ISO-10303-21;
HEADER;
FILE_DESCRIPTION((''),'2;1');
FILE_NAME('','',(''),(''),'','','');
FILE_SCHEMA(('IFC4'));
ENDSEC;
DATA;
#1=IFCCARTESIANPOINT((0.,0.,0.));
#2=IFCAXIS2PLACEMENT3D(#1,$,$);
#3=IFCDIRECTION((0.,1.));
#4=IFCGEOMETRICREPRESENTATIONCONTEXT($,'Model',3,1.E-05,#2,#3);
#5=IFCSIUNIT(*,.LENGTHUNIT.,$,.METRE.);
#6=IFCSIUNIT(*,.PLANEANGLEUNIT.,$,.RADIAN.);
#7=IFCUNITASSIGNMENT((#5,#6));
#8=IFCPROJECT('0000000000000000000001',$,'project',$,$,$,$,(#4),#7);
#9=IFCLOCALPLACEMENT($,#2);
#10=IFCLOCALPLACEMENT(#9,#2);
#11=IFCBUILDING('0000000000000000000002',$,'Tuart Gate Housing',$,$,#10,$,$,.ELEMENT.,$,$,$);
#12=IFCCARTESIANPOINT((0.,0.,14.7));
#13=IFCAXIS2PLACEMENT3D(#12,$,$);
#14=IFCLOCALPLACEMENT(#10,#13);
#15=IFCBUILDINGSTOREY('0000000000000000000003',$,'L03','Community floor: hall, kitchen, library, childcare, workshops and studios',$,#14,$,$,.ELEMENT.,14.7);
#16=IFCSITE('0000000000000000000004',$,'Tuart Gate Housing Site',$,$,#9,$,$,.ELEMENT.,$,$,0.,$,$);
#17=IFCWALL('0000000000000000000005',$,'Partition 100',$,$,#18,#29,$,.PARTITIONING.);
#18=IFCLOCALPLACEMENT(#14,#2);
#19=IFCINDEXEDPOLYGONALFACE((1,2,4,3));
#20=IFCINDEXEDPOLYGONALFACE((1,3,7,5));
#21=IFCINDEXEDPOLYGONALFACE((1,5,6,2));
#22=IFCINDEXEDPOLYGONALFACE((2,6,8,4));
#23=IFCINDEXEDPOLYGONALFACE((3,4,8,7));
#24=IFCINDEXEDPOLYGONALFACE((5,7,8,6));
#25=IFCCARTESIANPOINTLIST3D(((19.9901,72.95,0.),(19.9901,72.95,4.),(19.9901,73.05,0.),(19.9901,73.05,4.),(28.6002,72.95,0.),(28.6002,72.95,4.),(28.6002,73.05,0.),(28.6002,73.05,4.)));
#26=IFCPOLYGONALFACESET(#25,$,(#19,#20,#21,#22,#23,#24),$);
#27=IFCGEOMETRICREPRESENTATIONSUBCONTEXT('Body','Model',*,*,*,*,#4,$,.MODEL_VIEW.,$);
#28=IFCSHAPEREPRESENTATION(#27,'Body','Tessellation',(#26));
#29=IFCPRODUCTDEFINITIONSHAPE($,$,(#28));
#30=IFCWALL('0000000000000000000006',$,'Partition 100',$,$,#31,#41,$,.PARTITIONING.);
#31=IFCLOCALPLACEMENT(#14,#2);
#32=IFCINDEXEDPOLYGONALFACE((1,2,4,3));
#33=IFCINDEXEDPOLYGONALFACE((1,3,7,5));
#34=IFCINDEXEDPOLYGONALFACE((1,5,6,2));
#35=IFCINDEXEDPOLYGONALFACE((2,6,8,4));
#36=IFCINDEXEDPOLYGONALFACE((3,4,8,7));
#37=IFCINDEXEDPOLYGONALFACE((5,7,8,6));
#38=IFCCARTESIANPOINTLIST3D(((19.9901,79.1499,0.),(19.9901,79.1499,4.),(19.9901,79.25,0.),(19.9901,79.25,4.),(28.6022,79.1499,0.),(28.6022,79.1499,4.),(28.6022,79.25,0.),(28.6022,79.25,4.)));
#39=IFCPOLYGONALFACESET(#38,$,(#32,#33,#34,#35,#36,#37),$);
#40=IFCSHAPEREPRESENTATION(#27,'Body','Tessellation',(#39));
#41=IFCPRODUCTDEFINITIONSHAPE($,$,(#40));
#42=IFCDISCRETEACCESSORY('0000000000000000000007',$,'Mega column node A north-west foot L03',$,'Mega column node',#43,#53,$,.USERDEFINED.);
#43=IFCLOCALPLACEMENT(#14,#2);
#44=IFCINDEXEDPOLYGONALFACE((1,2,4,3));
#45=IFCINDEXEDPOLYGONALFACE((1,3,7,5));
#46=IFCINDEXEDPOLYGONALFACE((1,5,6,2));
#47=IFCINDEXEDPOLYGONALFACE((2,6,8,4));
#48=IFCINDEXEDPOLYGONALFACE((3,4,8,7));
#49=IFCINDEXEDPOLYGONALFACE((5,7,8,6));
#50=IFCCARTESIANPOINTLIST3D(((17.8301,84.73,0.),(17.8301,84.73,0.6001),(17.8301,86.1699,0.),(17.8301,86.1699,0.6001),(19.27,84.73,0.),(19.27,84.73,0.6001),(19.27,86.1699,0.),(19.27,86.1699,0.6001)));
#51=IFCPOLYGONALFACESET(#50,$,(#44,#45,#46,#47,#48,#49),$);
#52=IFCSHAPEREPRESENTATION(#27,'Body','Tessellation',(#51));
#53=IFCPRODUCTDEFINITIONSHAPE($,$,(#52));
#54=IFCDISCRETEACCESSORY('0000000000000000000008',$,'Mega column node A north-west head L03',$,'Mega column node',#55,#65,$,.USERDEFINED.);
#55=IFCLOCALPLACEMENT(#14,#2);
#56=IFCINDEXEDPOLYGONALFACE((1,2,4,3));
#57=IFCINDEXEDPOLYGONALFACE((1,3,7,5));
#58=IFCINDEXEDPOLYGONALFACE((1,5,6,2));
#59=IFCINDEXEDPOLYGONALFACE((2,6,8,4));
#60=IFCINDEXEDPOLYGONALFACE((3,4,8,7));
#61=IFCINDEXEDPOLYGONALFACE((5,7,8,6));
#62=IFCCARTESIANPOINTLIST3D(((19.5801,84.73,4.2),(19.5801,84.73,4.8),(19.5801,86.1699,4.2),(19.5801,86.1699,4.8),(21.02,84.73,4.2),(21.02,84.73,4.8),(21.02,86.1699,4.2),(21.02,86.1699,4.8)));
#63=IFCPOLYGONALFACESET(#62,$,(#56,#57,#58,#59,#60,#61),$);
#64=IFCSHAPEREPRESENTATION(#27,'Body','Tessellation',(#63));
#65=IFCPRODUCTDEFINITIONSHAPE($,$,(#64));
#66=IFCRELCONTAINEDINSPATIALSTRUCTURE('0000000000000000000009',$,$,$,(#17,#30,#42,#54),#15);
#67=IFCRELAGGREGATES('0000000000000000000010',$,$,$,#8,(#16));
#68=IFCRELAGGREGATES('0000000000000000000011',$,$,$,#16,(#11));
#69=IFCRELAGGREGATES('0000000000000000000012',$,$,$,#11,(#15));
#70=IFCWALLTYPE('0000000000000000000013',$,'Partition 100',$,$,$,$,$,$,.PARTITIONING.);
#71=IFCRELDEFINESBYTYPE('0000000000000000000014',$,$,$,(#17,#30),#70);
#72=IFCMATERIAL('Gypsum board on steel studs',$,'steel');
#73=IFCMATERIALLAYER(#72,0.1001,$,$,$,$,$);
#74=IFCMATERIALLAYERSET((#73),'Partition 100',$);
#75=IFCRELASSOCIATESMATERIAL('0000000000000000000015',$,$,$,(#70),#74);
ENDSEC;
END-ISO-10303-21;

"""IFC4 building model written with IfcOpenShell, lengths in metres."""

from ifc_helpers import new_model, si_unit, direction, frame, frame_2d, origin, origin_2d, place, context, subcontext, project, spatial, rectangle, extrude, material, layer, layer_set, type_object, element, save


model = new_model("IFC4")

# Units and contexts
model_context = context("Model", 3, precision=1e-05, world=origin(), true_north=direction((0.0, 1.0)))
body_context = subcontext(model_context, "Body", "Model", "MODEL_VIEW")
ifc_project = project(units=[si_unit("LENGTHUNIT", "METRE"), si_unit("PLANEANGLEUNIT", "RADIAN")], contexts=[model_context])

# Site, building, storey
site_placement = place(None, origin())
site = spatial("IfcSite", under=ifc_project, at=site_placement, Name="Tuart Gate Housing Site", CompositionType="ELEMENT", RefElevation=0.0)
building_placement = place(site_placement, origin())
building = spatial("IfcBuilding", under=site, at=building_placement, Name="Tuart Gate Housing", CompositionType="ELEMENT")
storey_placement = place(building_placement, frame((0.0, 0.0, 14.7)))
storey = spatial("IfcBuildingStorey", under=building, at=storey_placement, Name="L03", Description="Community floor: hall, kitchen, library, childcare, workshops and studios", CompositionType="ELEMENT", Elevation=14.7)

# Walls
ifc_material_1 = material(Name="Gypsum board on steel studs", Category="steel")
ifc_layer_1 = layer(ifc_material_1, 0.1001)
ifc_layer_set_1 = layer_set([ifc_layer_1], Name="Partition 100")
wall_type_1 = type_object("IfcWallType", Name="Partition 100", PredefinedType="PARTITIONING", material=ifc_layer_set_1)
wall_1_placement = place(storey_placement, frame((19.99, 73.0, 0.0), z_axis=(0.0, 0.0, 1.0), x_axis=(1.0, 0.0, 0.0)))
element("IfcWall", 1, at=wall_1_placement, inside=storey, type_object=wall_type_1, Name="Partition 100", PredefinedType="PARTITIONING", context=body_context, shape_type="SweptSolid", body=[
    extrude(rectangle(XDim=8.6101, YDim=0.1001, at=frame_2d((4.3052, 0.0))), origin(), (0.0, 0.0, 1.0), 4.0),
])
wall_2_placement = place(storey_placement, frame((19.99, 79.2, 0.0), z_axis=(0.0, 0.0, 1.0), x_axis=(1.0, 0.0, 0.0)))
element("IfcWall", 2, at=wall_2_placement, inside=storey, type_object=wall_type_1, Name="Partition 100", PredefinedType="PARTITIONING", context=body_context, shape_type="SweptSolid", body=[
    extrude(rectangle(XDim=8.6121, YDim=0.1001, at=frame_2d((4.3062, 0.0))), origin(), (0.0, 0.0, 1.0), 4.0),
])

# Discrete accessories
for number, where, z_axis, x_axis, name in (
    (3, (18.55, 85.45, 0.0), (0.0, 0.0, 1.0), (1.0, 0.0, 0.0), "Mega column node A north-west foot L03"),
    (4, (20.3, 85.45, 4.2), (0.0, 0.0, 1.0), (1.0, 0.0, 0.0), "Mega column node A north-west head L03"),
):
    element("IfcDiscreteAccessory", number, at=place(storey_placement, frame(where, z_axis=z_axis, x_axis=x_axis)), inside=storey, Name=name, ObjectType="Mega column node", PredefinedType="USERDEFINED", context=body_context, shape_type="SweptSolid", body=[
        extrude(rectangle(XDim=1.4399, YDim=1.4399, at=origin_2d()), origin(), (0.0, 0.0, 1.0), 0.6001),
    ])

save(model, "model.ifc")
